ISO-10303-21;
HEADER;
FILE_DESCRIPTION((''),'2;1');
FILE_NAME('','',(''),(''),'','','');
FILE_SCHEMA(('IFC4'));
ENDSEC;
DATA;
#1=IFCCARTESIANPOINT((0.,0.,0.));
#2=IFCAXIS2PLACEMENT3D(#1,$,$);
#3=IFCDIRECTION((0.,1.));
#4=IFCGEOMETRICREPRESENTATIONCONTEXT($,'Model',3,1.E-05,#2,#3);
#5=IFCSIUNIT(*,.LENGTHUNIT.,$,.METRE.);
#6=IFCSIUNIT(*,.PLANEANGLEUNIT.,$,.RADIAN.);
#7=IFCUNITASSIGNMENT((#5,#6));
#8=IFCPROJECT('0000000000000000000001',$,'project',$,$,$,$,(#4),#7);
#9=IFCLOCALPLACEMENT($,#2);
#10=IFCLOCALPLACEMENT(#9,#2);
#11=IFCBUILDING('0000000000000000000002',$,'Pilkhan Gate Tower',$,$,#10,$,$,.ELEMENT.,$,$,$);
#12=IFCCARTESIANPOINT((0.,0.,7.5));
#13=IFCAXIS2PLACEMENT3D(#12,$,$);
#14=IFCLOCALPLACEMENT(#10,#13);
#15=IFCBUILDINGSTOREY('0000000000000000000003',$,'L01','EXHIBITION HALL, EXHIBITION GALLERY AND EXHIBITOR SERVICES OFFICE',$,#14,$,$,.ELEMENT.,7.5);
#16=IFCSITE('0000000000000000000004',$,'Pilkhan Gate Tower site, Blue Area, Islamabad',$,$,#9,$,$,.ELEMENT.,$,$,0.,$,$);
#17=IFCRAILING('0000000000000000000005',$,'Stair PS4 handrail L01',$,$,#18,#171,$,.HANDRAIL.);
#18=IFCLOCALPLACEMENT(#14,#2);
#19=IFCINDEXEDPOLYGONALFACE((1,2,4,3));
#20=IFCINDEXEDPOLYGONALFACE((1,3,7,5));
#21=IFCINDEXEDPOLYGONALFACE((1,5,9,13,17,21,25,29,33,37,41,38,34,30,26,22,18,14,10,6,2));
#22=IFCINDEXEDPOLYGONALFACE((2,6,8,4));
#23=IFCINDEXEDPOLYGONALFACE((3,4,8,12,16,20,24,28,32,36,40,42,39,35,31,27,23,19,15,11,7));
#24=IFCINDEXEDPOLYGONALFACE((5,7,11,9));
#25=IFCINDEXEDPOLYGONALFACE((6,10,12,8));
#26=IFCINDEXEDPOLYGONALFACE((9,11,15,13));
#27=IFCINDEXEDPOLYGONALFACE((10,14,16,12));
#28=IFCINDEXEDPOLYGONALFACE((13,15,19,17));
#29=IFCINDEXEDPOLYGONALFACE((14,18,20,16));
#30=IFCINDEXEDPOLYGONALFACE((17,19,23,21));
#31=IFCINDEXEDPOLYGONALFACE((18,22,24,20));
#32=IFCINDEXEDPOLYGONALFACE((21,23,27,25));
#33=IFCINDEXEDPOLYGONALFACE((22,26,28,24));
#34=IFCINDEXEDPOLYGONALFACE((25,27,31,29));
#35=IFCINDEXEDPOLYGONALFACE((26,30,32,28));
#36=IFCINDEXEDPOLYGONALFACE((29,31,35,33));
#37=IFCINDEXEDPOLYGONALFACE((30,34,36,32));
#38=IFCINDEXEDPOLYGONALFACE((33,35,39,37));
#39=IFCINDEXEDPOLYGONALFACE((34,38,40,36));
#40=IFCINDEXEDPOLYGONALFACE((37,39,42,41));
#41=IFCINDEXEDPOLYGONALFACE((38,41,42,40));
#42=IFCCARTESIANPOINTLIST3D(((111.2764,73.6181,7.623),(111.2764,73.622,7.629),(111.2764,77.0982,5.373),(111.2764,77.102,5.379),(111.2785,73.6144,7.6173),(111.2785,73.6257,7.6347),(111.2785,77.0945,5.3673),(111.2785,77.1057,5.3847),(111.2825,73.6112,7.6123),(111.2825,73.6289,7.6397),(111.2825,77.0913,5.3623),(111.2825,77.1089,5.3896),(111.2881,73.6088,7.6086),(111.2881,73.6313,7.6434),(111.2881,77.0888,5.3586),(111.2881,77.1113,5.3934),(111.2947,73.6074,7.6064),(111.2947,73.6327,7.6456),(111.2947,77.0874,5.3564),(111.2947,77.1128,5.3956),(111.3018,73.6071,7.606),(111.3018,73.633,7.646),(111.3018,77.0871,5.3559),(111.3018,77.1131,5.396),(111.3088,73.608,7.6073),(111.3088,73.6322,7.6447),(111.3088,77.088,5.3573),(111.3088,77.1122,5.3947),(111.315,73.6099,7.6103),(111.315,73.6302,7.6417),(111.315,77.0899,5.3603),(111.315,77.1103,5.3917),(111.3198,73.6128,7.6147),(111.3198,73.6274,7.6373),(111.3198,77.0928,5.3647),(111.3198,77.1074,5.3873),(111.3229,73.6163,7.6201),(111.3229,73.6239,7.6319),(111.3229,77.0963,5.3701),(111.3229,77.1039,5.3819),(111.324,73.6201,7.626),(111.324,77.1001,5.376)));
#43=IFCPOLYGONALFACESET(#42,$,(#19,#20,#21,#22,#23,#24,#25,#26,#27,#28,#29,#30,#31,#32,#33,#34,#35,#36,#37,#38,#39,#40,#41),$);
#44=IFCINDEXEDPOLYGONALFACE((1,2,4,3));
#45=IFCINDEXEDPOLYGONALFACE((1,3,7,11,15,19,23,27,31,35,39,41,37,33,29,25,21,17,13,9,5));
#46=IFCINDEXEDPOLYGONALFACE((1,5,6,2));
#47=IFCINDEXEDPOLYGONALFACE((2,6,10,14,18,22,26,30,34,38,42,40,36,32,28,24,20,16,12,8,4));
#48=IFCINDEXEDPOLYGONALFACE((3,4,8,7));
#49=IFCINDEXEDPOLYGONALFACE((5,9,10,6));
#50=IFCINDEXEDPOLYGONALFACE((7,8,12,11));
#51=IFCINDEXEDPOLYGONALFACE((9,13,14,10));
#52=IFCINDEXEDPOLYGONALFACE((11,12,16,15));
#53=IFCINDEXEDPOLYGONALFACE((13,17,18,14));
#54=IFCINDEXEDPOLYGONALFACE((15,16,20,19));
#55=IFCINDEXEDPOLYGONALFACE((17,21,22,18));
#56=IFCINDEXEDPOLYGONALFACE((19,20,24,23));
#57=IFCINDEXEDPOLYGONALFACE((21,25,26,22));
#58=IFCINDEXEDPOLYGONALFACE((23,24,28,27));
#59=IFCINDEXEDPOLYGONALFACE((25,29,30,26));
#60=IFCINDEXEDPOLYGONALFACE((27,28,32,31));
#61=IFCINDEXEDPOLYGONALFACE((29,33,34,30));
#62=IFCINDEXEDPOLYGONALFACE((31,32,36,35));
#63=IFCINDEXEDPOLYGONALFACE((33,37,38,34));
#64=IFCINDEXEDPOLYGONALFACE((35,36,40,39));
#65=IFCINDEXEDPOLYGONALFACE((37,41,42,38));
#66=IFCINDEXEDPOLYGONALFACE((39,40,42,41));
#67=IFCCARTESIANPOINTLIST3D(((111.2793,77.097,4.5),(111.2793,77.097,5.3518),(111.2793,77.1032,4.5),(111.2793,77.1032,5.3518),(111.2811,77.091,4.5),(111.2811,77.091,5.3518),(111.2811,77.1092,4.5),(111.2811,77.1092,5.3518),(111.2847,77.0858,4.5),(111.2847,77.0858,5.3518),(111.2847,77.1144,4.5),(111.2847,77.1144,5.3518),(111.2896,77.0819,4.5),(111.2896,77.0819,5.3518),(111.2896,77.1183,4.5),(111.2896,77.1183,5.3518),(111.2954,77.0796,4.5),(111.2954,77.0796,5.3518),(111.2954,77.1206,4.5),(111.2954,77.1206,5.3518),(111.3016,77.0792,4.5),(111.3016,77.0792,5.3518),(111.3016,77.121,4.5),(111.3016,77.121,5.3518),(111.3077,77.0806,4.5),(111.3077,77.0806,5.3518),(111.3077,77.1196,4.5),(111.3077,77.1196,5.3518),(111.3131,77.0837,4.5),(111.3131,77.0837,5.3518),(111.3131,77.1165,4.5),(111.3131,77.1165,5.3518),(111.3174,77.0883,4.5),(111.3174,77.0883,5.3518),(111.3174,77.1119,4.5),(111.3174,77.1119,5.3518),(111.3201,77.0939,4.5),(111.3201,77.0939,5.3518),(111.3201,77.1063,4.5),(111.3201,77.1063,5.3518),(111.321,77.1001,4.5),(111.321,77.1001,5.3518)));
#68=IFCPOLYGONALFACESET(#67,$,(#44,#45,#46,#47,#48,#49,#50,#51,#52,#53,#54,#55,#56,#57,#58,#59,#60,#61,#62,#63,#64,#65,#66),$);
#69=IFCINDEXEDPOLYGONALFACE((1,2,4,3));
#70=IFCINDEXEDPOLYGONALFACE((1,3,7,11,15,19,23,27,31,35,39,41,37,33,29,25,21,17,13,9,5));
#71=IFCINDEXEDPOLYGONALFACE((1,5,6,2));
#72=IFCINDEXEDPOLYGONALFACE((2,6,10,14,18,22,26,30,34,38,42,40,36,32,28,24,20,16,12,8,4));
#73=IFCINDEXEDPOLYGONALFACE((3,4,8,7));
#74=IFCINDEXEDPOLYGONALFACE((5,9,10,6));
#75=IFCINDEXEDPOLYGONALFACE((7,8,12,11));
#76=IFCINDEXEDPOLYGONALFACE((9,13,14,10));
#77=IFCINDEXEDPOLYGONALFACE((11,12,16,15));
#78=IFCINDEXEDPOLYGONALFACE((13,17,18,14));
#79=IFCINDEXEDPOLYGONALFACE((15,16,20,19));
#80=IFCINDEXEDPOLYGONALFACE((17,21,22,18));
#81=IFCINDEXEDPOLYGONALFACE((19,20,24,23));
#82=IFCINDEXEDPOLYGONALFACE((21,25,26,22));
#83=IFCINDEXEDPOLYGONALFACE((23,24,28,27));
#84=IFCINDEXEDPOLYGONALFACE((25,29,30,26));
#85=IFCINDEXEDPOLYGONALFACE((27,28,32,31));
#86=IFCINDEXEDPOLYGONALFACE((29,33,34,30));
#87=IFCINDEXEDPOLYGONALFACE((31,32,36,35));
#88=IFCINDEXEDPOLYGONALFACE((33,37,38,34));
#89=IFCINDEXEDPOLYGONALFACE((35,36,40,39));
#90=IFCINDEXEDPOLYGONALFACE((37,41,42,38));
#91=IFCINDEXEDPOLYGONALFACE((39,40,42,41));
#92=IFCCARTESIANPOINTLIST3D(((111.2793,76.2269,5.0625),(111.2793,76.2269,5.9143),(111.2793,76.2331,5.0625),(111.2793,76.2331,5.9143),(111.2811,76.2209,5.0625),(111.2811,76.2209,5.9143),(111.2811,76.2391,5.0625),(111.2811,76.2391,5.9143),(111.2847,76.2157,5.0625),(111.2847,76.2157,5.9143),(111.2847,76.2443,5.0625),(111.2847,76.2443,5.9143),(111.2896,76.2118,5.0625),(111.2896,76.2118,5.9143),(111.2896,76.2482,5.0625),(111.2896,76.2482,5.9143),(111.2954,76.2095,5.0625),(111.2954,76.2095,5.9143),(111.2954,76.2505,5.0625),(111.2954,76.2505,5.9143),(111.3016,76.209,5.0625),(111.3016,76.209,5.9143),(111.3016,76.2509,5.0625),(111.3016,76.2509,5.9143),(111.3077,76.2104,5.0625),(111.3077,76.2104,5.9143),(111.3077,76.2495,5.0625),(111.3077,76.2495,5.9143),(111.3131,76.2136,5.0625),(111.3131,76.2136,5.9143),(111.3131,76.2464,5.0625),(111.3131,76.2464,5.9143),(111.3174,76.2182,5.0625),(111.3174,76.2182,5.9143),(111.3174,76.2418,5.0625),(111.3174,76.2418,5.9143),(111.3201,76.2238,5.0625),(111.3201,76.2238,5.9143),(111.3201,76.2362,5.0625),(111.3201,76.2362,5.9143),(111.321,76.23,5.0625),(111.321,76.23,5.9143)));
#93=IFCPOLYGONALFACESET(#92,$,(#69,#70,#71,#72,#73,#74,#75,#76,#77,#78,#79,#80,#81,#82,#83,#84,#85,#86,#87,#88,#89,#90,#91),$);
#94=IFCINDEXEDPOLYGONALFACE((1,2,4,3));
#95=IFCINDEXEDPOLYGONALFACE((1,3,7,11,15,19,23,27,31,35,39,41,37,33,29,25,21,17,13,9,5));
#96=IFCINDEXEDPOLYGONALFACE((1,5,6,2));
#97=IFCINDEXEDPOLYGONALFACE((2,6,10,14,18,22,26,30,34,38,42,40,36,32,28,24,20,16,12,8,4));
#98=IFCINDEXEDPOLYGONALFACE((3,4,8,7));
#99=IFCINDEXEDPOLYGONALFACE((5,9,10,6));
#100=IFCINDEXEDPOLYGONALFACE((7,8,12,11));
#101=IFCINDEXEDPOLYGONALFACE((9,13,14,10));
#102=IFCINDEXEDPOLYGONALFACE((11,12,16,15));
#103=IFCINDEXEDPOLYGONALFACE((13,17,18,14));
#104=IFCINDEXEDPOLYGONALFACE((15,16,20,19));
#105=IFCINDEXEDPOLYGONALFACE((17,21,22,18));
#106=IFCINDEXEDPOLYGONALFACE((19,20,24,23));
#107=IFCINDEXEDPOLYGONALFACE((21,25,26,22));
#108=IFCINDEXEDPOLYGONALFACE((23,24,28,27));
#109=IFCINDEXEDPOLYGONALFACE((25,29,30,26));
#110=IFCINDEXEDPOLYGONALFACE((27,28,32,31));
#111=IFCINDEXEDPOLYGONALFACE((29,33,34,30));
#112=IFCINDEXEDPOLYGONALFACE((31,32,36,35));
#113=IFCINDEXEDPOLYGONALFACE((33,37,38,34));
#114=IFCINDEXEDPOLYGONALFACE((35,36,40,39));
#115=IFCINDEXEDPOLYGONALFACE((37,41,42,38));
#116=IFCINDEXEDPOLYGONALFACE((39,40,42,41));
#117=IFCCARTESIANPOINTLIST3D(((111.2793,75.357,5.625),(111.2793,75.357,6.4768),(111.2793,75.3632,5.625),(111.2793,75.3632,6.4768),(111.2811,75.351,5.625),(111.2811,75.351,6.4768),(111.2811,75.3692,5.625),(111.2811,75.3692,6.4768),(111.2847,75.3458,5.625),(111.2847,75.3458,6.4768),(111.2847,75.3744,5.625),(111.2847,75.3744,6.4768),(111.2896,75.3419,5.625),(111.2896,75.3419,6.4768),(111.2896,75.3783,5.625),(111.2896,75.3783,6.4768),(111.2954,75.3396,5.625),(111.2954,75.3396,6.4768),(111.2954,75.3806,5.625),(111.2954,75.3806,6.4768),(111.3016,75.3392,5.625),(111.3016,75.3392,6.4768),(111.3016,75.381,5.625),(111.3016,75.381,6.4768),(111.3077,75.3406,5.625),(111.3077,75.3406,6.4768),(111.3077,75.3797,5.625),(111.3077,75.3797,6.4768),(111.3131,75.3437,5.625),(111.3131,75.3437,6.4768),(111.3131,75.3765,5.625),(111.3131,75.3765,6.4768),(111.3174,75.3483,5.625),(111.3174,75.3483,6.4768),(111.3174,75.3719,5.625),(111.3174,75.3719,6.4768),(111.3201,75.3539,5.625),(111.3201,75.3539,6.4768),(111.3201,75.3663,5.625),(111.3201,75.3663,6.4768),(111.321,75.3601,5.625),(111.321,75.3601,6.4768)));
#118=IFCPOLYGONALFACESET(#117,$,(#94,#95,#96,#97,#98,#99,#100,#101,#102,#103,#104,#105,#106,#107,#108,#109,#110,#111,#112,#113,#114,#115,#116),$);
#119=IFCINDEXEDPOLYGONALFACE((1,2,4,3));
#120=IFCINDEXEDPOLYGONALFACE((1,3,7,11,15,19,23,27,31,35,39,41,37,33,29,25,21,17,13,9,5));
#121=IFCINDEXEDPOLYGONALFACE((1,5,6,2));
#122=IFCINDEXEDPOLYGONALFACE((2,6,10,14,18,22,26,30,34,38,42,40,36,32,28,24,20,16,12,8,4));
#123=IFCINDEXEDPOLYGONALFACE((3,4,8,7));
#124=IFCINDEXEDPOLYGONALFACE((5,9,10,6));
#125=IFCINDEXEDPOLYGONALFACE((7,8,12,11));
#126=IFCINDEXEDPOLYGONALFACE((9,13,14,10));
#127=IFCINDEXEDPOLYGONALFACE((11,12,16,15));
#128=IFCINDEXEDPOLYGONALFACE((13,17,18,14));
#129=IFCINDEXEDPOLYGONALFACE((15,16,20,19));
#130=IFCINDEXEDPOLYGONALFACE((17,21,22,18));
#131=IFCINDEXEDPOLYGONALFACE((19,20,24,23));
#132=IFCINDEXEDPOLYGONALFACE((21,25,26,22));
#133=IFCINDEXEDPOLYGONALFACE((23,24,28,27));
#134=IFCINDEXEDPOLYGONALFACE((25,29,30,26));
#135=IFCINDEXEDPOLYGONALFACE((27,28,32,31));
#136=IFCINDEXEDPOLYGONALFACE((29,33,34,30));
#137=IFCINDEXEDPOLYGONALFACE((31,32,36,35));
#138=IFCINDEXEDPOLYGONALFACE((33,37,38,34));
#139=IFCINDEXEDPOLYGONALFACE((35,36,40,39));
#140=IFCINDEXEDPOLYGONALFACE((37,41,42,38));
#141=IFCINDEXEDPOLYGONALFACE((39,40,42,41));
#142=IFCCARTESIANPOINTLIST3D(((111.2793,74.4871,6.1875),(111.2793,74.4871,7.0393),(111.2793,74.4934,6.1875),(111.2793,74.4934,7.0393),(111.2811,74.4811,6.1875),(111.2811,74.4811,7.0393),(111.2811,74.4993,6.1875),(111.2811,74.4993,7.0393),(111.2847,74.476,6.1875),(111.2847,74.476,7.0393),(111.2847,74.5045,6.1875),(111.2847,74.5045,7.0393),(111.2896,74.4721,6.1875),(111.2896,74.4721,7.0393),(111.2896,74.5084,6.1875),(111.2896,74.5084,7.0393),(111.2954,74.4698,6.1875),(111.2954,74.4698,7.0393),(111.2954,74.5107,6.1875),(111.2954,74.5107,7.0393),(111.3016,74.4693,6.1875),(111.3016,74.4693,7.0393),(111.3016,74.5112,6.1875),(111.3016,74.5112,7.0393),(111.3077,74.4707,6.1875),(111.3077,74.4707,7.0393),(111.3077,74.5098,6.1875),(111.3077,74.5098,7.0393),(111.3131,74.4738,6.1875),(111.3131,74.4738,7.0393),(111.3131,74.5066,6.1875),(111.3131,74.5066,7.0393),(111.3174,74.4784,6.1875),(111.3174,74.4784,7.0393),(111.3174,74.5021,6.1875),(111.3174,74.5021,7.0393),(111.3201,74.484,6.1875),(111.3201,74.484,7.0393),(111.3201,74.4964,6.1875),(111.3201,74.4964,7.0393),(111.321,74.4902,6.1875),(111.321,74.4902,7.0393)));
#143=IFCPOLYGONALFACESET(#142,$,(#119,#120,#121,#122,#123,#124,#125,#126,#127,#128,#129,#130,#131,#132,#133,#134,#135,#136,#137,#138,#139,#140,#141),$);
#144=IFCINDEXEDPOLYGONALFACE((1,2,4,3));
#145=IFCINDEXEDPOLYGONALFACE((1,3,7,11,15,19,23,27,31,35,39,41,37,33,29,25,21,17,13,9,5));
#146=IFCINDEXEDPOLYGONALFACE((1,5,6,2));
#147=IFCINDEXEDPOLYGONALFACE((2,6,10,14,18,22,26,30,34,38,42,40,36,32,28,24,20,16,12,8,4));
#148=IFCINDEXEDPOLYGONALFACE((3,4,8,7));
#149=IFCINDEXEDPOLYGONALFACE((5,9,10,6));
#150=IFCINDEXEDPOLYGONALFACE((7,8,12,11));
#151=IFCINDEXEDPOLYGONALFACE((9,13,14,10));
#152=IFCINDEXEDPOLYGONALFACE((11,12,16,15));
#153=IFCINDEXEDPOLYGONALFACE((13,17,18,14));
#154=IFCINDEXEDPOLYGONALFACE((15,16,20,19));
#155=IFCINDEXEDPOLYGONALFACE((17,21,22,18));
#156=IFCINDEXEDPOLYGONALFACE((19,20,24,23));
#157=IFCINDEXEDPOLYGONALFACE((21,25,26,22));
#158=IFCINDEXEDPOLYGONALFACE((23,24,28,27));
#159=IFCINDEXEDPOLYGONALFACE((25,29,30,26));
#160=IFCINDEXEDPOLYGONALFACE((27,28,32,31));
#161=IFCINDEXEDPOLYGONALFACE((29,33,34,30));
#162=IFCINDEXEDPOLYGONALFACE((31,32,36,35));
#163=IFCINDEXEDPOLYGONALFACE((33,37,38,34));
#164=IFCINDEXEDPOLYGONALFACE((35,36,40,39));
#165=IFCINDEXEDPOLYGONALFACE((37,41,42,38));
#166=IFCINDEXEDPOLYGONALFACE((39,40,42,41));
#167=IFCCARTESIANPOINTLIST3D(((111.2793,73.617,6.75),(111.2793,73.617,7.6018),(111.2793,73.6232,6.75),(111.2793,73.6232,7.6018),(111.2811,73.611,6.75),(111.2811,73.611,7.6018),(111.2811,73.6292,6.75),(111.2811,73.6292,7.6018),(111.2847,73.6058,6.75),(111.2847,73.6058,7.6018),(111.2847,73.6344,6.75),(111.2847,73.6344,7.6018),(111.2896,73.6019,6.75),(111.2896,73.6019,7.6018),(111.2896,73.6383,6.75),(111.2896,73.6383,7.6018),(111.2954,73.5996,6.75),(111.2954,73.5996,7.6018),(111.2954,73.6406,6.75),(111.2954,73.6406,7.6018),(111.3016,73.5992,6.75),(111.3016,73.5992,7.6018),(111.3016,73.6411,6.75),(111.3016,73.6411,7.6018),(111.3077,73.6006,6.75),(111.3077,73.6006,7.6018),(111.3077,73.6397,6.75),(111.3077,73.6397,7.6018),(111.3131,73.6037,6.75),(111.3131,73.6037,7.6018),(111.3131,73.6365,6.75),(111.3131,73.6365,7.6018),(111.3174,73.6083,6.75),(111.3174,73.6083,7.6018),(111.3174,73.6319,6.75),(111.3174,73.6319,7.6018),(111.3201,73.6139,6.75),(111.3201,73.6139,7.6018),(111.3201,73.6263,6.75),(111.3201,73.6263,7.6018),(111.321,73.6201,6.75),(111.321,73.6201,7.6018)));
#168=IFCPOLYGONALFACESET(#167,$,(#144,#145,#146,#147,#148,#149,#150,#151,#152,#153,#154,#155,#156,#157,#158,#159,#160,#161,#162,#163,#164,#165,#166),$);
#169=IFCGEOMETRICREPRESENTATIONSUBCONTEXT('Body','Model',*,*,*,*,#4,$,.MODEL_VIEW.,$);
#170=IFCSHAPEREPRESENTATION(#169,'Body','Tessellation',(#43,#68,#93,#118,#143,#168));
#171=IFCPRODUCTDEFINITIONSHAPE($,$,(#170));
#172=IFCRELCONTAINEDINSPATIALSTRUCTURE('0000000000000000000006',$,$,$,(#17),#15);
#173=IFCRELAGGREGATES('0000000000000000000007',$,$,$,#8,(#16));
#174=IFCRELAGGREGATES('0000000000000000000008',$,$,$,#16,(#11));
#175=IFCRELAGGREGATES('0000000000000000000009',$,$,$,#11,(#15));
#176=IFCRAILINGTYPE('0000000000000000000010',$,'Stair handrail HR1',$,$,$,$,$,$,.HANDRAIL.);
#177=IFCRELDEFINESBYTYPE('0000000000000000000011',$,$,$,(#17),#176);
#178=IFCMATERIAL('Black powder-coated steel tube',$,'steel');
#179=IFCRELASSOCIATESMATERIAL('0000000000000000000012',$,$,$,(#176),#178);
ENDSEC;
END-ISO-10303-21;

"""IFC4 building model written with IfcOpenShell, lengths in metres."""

from ifc_helpers import new_model, si_unit, direction, frame, origin, origin_2d, place, context, subcontext, project, spatial, circle, extrude, material, type_object, element, save


model = new_model("IFC4")

# Units and contexts
model_context = context("Model", 3, precision=1e-05, world=origin(), true_north=direction((0.0, 1.0)))
body_context = subcontext(model_context, "Body", "Model", "MODEL_VIEW")
ifc_project = project(units=[si_unit("LENGTHUNIT", "METRE"), si_unit("PLANEANGLEUNIT", "RADIAN")], contexts=[model_context])

# Site, building, storey
site_placement = place(None, origin())
site = spatial("IfcSite", under=ifc_project, at=site_placement, Name="Pilkhan Gate Tower site, Blue Area, Islamabad", CompositionType="ELEMENT", RefElevation=0.0)
building_placement = place(site_placement, origin())
building = spatial("IfcBuilding", under=site, at=building_placement, Name="Pilkhan Gate Tower", CompositionType="ELEMENT")
storey_placement = place(building_placement, frame((0.0, 0.0, 7.5)))
storey = spatial("IfcBuildingStorey", under=building, at=storey_placement, Name="L01", Description="EXHIBITION HALL, EXHIBITION GALLERY AND EXHIBITOR SERVICES OFFICE", CompositionType="ELEMENT", Elevation=7.5)

# Railing
ifc_material_1 = material(Name="Black powder-coated steel tube", Category="steel")
railing_type_1 = type_object("IfcRailingType", Name="Stair handrail HR1", PredefinedType="HANDRAIL", material=ifc_material_1)
railing_1_placement = place(storey_placement, frame((111.3, 77.1001, 4.5)))
element("IfcRailing", 1, at=railing_1_placement, inside=storey, type_object=railing_type_1, Name="Stair PS4 handrail L01", PredefinedType="HANDRAIL", context=body_context, shape_type="SweptSolid", body=[
    extrude(circle(Radius=0.0239, at=origin_2d()), frame((0.0, 0.0, 0.876), z_axis=(0.0, -0.839763, 0.542953), x_axis=(1.0, 0.0, 0.0)), (0.0, 0.0, 1.0), 4.144),
    extrude(circle(Radius=0.021, at=origin_2d()), origin(), (0.0, 0.0, 1.0), 0.8518),
    extrude(circle(Radius=0.021, at=origin_2d()), frame((0.0, -0.8701, 0.5625)), (0.0, 0.0, 1.0), 0.8518),
    extrude(circle(Radius=0.021, at=origin_2d()), frame((0.0, -1.74, 1.125)), (0.0, 0.0, 1.0), 0.8518),
    extrude(circle(Radius=0.021, at=origin_2d()), frame((0.0, -2.6099, 1.6875)), (0.0, 0.0, 1.0), 0.8518),
    extrude(circle(Radius=0.021, at=origin_2d()), frame((0.0, -3.48, 2.25)), (0.0, 0.0, 1.0), 0.8518),
])

save(model, "model.ifc")
